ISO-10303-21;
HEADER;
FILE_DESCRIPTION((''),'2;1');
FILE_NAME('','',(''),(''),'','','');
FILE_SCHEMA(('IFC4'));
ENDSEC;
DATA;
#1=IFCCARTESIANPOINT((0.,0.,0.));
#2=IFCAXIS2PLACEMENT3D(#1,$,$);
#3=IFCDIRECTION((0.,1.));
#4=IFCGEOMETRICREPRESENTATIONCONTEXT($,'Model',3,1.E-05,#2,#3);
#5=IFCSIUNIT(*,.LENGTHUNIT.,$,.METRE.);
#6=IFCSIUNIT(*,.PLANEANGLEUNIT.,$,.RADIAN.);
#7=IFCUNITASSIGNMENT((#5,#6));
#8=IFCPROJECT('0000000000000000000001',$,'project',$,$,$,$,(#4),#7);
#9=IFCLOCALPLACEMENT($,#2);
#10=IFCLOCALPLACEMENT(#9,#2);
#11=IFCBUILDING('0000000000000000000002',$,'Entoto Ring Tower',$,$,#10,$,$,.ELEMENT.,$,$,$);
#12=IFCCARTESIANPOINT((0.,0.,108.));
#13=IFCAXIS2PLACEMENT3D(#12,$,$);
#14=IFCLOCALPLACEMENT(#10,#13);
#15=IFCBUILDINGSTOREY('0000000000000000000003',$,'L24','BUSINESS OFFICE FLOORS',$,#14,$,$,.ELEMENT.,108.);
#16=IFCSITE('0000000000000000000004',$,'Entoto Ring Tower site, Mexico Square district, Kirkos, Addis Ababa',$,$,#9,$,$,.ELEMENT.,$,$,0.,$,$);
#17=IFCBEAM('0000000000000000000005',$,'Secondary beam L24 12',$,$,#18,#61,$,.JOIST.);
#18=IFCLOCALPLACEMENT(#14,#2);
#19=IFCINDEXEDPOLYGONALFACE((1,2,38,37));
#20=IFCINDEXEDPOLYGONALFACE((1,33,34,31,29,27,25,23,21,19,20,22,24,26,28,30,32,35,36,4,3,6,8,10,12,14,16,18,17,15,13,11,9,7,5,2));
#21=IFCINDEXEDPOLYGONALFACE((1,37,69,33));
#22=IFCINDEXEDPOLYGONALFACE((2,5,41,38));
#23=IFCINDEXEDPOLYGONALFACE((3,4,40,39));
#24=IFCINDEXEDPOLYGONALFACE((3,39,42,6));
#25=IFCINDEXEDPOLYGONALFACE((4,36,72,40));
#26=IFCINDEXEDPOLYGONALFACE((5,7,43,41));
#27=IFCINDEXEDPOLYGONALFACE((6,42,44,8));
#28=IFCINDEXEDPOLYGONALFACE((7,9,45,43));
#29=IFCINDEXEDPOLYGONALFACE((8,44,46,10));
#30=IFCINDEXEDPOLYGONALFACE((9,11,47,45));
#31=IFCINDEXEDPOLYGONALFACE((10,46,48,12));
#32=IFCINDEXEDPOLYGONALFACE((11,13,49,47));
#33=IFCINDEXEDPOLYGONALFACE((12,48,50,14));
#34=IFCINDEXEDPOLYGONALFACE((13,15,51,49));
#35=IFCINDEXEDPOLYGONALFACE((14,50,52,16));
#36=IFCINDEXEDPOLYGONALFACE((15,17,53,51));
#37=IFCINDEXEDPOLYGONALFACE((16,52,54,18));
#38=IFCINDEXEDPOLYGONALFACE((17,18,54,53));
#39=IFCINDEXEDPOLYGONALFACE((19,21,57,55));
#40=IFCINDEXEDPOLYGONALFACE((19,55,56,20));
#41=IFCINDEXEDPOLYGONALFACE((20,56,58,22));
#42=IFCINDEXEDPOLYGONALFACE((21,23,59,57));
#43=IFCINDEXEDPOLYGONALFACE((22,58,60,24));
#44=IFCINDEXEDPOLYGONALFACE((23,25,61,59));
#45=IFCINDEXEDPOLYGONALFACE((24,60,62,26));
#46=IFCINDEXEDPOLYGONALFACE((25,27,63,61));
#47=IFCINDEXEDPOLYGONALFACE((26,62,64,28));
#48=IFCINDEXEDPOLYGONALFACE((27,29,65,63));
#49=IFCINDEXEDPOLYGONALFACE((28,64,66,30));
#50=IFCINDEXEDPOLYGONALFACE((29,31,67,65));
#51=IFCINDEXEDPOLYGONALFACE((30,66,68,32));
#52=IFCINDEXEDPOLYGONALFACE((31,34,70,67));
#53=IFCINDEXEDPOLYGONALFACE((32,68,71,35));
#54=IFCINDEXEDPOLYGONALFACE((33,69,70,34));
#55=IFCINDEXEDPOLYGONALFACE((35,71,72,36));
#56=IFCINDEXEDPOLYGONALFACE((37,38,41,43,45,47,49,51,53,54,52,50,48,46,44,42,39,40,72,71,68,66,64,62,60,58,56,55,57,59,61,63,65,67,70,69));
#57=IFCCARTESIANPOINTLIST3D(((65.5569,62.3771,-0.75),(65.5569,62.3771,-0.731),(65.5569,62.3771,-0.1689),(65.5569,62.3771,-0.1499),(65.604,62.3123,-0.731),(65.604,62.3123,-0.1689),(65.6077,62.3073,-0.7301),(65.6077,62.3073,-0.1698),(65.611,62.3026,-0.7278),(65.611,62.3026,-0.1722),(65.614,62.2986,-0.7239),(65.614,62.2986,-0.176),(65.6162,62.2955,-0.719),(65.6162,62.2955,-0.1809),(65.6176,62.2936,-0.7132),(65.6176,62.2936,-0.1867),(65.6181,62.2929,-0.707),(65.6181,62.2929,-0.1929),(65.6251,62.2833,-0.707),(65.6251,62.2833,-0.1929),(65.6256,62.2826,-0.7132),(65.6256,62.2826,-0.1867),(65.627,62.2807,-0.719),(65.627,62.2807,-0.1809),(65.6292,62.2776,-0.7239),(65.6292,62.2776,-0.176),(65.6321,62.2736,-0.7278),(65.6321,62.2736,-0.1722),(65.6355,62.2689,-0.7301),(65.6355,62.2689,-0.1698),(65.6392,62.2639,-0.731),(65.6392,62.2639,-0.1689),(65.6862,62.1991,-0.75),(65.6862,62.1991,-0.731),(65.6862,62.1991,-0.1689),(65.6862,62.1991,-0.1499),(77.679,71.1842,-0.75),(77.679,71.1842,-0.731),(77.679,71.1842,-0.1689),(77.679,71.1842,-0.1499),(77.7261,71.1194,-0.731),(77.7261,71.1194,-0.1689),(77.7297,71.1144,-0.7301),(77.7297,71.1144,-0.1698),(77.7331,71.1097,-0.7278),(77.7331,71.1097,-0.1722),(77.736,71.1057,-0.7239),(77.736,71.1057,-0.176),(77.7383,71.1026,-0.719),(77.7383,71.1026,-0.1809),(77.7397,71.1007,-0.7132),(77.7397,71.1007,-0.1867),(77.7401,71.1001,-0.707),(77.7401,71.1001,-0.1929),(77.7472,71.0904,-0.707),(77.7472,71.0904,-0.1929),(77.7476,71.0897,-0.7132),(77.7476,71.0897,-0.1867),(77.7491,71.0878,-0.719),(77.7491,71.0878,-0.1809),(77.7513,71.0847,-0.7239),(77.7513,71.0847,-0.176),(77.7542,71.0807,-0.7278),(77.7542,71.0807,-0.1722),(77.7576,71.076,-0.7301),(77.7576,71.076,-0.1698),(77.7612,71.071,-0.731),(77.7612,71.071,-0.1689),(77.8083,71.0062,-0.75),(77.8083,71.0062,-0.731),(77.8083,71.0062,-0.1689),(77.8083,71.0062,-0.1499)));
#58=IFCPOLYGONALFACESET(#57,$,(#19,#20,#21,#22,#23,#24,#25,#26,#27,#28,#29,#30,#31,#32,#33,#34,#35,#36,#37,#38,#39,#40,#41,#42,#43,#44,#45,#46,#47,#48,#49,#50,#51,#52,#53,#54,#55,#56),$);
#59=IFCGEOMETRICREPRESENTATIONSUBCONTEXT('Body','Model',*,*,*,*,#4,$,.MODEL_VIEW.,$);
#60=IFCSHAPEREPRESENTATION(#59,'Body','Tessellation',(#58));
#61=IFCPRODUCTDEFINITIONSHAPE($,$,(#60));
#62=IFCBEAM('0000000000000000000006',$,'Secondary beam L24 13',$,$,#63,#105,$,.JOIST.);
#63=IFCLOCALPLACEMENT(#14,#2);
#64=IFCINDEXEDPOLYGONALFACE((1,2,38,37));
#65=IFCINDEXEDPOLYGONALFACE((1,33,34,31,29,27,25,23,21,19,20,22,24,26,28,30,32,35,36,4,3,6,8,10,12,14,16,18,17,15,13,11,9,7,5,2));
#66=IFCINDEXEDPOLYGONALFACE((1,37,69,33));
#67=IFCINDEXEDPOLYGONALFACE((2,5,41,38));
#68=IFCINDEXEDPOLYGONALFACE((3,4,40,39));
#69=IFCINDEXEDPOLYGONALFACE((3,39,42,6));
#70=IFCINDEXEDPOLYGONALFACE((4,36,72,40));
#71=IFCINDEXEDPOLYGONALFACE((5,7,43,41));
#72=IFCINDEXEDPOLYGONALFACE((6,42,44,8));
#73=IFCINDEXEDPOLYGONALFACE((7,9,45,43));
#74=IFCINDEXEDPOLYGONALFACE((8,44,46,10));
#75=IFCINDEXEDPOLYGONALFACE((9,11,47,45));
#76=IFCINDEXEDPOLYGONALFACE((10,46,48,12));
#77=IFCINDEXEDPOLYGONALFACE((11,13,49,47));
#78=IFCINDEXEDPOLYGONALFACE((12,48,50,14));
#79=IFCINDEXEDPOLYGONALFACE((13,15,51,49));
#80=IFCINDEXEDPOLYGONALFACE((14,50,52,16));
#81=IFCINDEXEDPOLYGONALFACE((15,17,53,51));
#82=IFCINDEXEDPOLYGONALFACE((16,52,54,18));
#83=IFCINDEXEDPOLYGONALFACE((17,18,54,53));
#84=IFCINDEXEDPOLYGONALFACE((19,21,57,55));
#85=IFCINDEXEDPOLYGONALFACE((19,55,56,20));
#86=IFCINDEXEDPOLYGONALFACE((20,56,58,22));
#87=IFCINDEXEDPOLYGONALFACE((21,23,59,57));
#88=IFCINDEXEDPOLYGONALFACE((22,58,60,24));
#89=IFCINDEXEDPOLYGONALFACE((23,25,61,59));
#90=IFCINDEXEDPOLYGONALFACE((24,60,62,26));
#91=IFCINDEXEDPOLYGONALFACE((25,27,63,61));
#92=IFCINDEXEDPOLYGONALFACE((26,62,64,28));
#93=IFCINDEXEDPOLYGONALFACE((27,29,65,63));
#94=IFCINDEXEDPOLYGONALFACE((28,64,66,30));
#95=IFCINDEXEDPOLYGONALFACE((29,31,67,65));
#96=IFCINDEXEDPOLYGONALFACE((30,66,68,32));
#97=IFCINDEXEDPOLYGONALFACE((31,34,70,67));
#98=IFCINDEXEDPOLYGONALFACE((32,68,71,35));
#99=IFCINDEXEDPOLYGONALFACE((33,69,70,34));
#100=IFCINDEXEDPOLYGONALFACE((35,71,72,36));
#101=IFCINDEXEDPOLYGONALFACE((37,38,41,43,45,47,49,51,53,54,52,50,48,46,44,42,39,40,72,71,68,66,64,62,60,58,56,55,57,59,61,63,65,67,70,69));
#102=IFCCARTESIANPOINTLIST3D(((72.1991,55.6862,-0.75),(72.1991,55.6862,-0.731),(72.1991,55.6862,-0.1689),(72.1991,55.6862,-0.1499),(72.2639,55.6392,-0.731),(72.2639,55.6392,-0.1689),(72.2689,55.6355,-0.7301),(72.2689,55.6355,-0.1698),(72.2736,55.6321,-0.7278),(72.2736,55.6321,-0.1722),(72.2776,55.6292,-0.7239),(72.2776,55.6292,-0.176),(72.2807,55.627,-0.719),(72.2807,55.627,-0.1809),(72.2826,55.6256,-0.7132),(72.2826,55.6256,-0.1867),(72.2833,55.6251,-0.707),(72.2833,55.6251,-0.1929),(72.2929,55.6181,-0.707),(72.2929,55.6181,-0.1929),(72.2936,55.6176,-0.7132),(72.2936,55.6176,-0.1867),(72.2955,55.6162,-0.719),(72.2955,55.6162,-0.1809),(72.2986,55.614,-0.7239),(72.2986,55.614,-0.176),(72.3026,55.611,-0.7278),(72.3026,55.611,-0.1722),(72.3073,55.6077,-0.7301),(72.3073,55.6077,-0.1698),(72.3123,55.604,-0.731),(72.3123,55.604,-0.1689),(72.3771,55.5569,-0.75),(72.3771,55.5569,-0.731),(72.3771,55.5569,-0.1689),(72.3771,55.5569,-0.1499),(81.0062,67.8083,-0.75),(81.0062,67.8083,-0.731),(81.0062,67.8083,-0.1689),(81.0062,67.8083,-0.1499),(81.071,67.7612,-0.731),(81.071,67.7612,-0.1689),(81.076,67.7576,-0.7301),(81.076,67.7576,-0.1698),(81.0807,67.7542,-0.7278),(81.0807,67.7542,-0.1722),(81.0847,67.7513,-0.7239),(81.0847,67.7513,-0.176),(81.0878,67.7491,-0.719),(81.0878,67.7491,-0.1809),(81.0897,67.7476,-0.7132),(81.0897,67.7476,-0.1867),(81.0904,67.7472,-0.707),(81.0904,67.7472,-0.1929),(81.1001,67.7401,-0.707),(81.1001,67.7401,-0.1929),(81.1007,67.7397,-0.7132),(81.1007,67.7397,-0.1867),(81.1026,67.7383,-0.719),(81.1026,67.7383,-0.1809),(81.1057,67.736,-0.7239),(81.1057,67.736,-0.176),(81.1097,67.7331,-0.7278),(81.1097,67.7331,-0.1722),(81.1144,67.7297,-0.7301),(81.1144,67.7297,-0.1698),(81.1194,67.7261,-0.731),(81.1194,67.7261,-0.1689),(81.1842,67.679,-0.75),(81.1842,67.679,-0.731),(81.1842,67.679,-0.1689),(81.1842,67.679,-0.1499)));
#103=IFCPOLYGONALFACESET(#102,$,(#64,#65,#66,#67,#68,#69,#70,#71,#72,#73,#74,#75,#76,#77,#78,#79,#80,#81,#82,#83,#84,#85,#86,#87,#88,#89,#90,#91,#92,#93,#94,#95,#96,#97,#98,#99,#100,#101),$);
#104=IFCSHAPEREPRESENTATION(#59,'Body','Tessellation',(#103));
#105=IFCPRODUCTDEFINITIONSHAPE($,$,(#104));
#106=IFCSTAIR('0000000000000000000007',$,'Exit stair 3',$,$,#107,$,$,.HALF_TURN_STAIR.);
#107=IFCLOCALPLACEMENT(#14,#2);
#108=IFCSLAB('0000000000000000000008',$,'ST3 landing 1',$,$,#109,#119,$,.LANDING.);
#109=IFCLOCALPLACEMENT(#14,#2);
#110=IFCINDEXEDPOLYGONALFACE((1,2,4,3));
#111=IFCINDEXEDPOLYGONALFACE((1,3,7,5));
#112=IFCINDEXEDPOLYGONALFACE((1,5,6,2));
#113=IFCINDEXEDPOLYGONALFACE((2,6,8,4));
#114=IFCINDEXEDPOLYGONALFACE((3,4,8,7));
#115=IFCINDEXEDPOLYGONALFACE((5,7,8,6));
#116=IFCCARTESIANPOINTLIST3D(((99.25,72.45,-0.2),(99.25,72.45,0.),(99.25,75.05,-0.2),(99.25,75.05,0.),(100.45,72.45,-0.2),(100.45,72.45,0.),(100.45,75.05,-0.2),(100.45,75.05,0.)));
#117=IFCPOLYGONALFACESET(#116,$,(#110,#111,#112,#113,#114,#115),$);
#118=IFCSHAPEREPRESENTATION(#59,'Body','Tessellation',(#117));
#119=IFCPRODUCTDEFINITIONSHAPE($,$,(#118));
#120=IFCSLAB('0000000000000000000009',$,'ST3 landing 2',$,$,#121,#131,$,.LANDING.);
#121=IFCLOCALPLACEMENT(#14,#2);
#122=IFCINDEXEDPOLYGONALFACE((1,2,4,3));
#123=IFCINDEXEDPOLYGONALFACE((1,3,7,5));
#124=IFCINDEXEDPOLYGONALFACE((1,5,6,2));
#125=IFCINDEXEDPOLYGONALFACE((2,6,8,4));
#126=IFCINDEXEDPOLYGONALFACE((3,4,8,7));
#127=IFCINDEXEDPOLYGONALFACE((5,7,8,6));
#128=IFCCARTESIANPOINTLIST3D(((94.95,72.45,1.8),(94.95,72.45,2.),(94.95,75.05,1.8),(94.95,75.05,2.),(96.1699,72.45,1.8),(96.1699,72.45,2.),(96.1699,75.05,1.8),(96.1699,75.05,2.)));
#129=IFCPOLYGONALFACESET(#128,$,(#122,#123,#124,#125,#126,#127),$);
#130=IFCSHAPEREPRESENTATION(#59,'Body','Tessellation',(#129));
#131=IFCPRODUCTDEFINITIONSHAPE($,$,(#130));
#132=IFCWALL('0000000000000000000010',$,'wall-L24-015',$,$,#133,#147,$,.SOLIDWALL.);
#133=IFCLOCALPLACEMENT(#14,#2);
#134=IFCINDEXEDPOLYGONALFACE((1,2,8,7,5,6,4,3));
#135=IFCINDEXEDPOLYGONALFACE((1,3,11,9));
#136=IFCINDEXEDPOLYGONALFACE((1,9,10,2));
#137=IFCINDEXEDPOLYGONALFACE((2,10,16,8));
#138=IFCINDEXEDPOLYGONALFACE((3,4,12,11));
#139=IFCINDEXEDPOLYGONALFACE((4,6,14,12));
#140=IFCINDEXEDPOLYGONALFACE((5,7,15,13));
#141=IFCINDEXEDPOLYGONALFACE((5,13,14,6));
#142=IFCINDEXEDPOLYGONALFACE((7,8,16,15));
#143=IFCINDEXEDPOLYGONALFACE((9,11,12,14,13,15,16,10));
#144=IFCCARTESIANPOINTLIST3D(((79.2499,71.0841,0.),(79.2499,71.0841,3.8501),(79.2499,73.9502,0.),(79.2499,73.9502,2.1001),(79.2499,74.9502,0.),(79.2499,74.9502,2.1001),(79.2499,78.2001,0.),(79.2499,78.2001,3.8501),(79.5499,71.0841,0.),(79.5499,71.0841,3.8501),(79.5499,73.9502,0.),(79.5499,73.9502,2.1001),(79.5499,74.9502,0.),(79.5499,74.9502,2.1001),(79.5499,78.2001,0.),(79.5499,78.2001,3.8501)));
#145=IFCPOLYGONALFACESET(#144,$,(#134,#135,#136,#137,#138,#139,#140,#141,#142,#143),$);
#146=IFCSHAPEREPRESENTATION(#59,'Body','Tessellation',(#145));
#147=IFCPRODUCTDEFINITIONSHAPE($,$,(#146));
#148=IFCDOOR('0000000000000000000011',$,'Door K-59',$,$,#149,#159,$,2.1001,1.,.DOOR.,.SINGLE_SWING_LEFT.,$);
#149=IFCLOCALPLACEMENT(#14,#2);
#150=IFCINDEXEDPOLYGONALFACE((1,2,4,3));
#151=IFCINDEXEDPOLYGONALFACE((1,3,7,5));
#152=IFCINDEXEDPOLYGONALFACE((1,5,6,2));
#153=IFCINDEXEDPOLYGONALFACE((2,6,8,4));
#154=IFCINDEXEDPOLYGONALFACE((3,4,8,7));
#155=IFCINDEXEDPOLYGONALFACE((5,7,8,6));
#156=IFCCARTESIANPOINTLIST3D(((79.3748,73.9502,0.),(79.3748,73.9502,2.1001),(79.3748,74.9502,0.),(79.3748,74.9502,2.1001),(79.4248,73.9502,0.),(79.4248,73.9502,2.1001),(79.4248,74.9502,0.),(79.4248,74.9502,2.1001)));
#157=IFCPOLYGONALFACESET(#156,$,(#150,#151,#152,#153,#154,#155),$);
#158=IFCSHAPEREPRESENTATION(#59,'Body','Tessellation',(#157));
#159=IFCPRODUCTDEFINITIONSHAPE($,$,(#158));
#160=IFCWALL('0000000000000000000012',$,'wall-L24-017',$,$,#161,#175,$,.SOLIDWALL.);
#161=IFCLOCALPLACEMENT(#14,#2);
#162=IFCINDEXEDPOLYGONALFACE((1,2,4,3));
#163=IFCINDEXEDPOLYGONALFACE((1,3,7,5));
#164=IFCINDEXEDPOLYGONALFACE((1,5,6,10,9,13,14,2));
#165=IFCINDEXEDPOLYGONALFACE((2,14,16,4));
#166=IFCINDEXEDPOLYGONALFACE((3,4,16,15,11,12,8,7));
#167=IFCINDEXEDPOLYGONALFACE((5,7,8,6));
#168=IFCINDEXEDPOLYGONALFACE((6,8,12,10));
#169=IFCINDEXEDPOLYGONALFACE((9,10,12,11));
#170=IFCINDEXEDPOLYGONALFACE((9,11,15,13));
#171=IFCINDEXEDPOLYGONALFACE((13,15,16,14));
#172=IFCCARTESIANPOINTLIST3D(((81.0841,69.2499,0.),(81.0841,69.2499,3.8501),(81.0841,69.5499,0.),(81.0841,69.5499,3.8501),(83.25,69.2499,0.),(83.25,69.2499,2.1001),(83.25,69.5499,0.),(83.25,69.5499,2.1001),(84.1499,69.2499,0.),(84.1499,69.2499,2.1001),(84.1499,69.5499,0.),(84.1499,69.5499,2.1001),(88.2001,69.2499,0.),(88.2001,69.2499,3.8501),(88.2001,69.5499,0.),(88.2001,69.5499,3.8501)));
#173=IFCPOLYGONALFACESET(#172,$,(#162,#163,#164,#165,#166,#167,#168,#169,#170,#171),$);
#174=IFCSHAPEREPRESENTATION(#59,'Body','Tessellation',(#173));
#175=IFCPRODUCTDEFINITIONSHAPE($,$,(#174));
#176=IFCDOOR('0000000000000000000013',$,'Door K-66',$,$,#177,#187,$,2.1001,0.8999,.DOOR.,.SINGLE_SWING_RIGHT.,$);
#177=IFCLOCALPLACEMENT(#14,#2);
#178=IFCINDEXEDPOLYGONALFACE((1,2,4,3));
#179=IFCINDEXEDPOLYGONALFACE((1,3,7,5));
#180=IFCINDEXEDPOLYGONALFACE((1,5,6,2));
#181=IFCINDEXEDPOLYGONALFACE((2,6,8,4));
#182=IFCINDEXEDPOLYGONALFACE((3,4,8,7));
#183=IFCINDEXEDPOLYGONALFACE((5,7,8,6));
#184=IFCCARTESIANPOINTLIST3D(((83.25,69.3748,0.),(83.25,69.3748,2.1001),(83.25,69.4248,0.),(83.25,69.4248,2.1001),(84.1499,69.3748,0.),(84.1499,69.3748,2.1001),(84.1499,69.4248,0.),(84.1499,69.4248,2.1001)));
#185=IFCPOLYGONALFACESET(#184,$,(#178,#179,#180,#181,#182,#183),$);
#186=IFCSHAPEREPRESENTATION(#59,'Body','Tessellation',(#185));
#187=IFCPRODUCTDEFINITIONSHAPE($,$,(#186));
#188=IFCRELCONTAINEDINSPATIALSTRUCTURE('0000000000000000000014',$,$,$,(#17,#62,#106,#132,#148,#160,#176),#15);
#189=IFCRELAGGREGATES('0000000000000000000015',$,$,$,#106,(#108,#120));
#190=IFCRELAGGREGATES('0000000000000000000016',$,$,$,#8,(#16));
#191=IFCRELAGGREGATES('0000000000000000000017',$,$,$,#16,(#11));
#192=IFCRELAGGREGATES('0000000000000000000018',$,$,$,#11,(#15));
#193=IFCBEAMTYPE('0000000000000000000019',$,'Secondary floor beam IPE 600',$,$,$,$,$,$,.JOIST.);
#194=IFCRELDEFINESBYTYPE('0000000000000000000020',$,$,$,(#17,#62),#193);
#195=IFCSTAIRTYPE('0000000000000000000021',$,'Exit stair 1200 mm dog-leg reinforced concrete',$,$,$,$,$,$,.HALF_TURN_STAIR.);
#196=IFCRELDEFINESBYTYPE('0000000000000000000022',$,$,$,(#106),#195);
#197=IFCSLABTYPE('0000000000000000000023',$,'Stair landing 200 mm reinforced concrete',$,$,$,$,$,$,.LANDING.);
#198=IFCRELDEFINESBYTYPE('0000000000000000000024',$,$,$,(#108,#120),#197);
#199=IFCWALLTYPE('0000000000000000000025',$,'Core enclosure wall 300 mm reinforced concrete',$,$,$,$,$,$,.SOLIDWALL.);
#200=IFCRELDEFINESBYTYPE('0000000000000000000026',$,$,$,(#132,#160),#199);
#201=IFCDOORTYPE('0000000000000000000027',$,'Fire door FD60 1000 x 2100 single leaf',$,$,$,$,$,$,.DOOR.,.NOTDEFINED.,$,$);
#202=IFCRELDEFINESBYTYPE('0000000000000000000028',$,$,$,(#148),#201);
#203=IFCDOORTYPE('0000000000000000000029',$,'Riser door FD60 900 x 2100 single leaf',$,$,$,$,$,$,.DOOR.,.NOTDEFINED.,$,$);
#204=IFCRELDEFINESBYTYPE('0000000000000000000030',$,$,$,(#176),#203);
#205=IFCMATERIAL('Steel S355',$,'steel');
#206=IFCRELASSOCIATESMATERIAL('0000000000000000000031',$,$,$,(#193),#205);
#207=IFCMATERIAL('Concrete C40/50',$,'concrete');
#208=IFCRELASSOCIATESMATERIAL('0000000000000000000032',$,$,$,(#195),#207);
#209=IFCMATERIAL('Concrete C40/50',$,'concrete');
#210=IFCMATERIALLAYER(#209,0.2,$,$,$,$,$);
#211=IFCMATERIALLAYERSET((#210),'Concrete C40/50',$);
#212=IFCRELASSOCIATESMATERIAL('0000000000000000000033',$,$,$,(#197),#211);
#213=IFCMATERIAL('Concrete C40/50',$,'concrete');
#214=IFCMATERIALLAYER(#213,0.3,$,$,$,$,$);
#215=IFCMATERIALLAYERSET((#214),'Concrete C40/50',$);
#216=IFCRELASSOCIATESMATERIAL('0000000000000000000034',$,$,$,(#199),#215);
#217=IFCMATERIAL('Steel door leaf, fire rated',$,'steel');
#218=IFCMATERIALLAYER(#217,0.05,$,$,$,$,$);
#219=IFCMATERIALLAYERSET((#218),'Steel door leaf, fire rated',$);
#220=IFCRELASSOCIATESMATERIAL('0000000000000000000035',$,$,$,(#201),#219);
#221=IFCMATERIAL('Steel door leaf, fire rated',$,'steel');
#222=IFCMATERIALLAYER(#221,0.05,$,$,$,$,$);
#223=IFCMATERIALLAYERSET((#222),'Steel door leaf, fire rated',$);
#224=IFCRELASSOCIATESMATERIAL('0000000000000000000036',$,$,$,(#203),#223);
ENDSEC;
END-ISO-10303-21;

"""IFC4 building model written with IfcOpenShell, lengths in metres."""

from ifc_helpers import new_model, si_unit, direction, frame, frame_2d, origin, origin_2d, place, context, subcontext, project, spatial, polyline, rectangle, i_section, outline, extrude, material, layer, layer_set, material_profile, profile_set, type_object, element, fill, aggregate, save


model = new_model("IFC4")

# Units and contexts
model_context = context("Model", 3, precision=1e-05, world=origin(), true_north=direction((0.0, 1.0)))
body_context = subcontext(model_context, "Body", "Model", "MODEL_VIEW")
ifc_project = project(units=[si_unit("LENGTHUNIT", "METRE"), si_unit("PLANEANGLEUNIT", "RADIAN")], contexts=[model_context])

# Site, building, storey
site_placement = place(None, origin())
site = spatial("IfcSite", under=ifc_project, at=site_placement, Name="Entoto Ring Tower site, Mexico Square district, Kirkos, Addis Ababa", CompositionType="ELEMENT", RefElevation=0.0)
building_placement = place(site_placement, origin())
building = spatial("IfcBuilding", under=site, at=building_placement, Name="Entoto Ring Tower", CompositionType="ELEMENT")
storey_placement = place(building_placement, frame((0.0, 0.0, 108.0)))
storey = spatial("IfcBuildingStorey", under=building, at=storey_placement, Name="L24", Description="BUSINESS OFFICE FLOORS", CompositionType="ELEMENT", Elevation=108.0)

# Beams
ifc_material_1 = material(Name="Steel S355", Category="steel")
ifc_material_profile_1 = material_profile(ifc_material_1, i_section(OverallWidth=0.22, OverallDepth=0.6001, WebThickness=0.012, FlangeThickness=0.019, FilletRadius=0.0239, at=origin_2d()), Name="IPE 600")
ifc_profile_set_1 = profile_set([ifc_material_profile_1], Name="Steel S355")
beam_type_1 = type_object("IfcBeamType", Name="Secondary floor beam IPE 600", PredefinedType="JOIST", material=ifc_profile_set_1)
for number, where, z_axis, x_axis, name in (
    (1, (77.7437, 71.0952, -0.45), (-0.809019, -0.587782, 0.0), (0.587782, -0.809019, 0.0), "Secondary beam L24 12"),
    (2, (81.0952, 67.7437, -0.45), (-0.587782, -0.809019, 0.0), (0.809019, -0.587782, 0.0), "Secondary beam L24 13"),
):
    element("IfcBeam", number, at=place(storey_placement, frame(where, z_axis=z_axis, x_axis=x_axis)), inside=storey, type_object=beam_type_1, Name=name, PredefinedType="JOIST", context=body_context, shape_type="SweptSolid", body=[
        extrude(i_section(OverallWidth=0.22, OverallDepth=0.6001, WebThickness=0.012, FlangeThickness=0.019, FilletRadius=0.0239, at=origin_2d()), origin(), (0.0, 0.0, 1.0), 14.9836),
    ])

# Stair, slabs
ifc_material_2 = material(Name="Concrete C40/50", Category="concrete")
stair_type = type_object("IfcStairType", Name="Exit stair 1200 mm dog-leg reinforced concrete", PredefinedType="HALF_TURN_STAIR", material=ifc_material_2)
stair_placement = place(storey_placement, origin())
stair = element("IfcStair", 3, at=stair_placement, inside=storey, type_object=stair_type, Name="Exit stair 3", PredefinedType="HALF_TURN_STAIR")
ifc_material_3 = material(Name="Concrete C40/50", Category="concrete")
ifc_layer_1 = layer(ifc_material_3, 0.2)
ifc_layer_set_1 = layer_set([ifc_layer_1], Name="Concrete C40/50")
slab_type_1 = type_object("IfcSlabType", Name="Stair landing 200 mm reinforced concrete", PredefinedType="LANDING", material=ifc_layer_set_1)
slab_1_placement = place(storey_placement, frame((0.0, 0.0, -0.2)))
slab_1 = element("IfcSlab", 4, at=slab_1_placement, type_object=slab_type_1, Name="ST3 landing 1", PredefinedType="LANDING", context=body_context, shape_type="SweptSolid", body=[
    extrude(outline(polyline([(100.45, 72.45), (100.45, 75.05), (99.25, 75.05), (99.25, 72.45), (100.45, 72.45)])), origin(), (0.0, 0.0, 1.0), 0.2),
])
slab_2_placement = place(storey_placement, frame((0.0, 0.0, 1.8)))
slab_2 = element("IfcSlab", 5, at=slab_2_placement, type_object=slab_type_1, Name="ST3 landing 2", PredefinedType="LANDING", context=body_context, shape_type="SweptSolid", body=[
    extrude(outline(polyline([(94.95, 72.45), (96.1699, 72.45), (96.1699, 75.05), (94.95, 75.05), (94.95, 72.45)])), origin(), (0.0, 0.0, 1.0), 0.2),
])
aggregate(stair, [slab_1, slab_2])

# Walls, openings, doors
ifc_material_4 = material(Name="Concrete C40/50", Category="concrete")
ifc_layer_2 = layer(ifc_material_4, 0.3)
ifc_layer_set_2 = layer_set([ifc_layer_2], Name="Concrete C40/50")
wall_type_1 = type_object("IfcWallType", Name="Core enclosure wall 300 mm reinforced concrete", PredefinedType="SOLIDWALL", material=ifc_layer_set_2)
wall_1_placement = place(storey_placement, frame((79.3999, 71.084, 0.0), z_axis=(0.0, 0.0, 1.0), x_axis=(0.0, 1.0, 0.0)))
wall_1 = element("IfcWall", 6, at=wall_1_placement, inside=storey, type_object=wall_type_1, Name="wall-L24-015", PredefinedType="SOLIDWALL", context=body_context, shape_type="SweptSolid", body=[
    extrude(rectangle(XDim=7.116, YDim=0.3, at=frame_2d((3.5581, 0.0))), origin(), (0.0, 0.0, 1.0), 3.8501),
])
opening_1_placement = place(wall_1_placement, frame((2.8662, 0.0, 0.0)))
opening_1 = element("IfcOpeningElement", 7, at=opening_1_placement, cuts=wall_1, PredefinedType="OPENING", context=body_context, shape_type="SweptSolid", body=[
    extrude(rectangle(XDim=1.0, YDim=2.1001, at=frame_2d((0.5, 1.05))), frame((0.0, 0.1602, 0.0), z_axis=(0.0, -1.0, 0.0), x_axis=(1.0, 0.0, 0.0)), (0.0, 0.0, 1.0), 0.3201),
])
ifc_material_5 = material(Name="Steel door leaf, fire rated", Category="steel")
ifc_layer_3 = layer(ifc_material_5, 0.05)
ifc_layer_set_3 = layer_set([ifc_layer_3], Name="Steel door leaf, fire rated")
door_type_1 = type_object("IfcDoorType", Name="Fire door FD60 1000 x 2100 single leaf", OperationType="NOTDEFINED", PredefinedType="DOOR", material=ifc_layer_set_3)
door_1_placement = place(opening_1_placement, frame((1.0, 0.0, 0.0), z_axis=(0.0, 0.0, 1.0), x_axis=(-1.0, 0.0, 0.0)))
door_1 = element("IfcDoor", 8, at=door_1_placement, inside=storey, type_object=door_type_1, Name="Door K-59", OperationType="SINGLE_SWING_LEFT", OverallHeight=2.1001, OverallWidth=1.0, PredefinedType="DOOR", context=body_context, shape_type="SweptSolid", body=[
    extrude(rectangle(XDim=1.0, YDim=2.1001, at=frame_2d((0.5, 1.05))), frame((0.0, 0.0249, 0.0), z_axis=(0.0, -1.0, 0.0), x_axis=(1.0, 0.0, 0.0)), (0.0, 0.0, 1.0), 0.05),
])
fill(opening_1, door_1)
wall_2_placement = place(storey_placement, frame((81.084, 69.3999, 0.0), z_axis=(0.0, 0.0, 1.0), x_axis=(1.0, 0.0, 0.0)))
wall_2 = element("IfcWall", 9, at=wall_2_placement, inside=storey, type_object=wall_type_1, Name="wall-L24-017", PredefinedType="SOLIDWALL", context=body_context, shape_type="SweptSolid", body=[
    extrude(rectangle(XDim=7.116, YDim=0.3, at=frame_2d((3.5581, 0.0))), origin(), (0.0, 0.0, 1.0), 3.8501),
])
opening_2_placement = place(wall_2_placement, frame((2.166, 0.0, 0.0)))
opening_2 = element("IfcOpeningElement", 10, at=opening_2_placement, cuts=wall_2, PredefinedType="OPENING", context=body_context, shape_type="SweptSolid", body=[
    extrude(rectangle(XDim=0.8999, YDim=2.1001, at=frame_2d((0.45, 1.05))), frame((0.0, 0.1602, 0.0), z_axis=(0.0, -1.0, 0.0), x_axis=(1.0, 0.0, 0.0)), (0.0, 0.0, 1.0), 0.3201),
])
ifc_material_6 = material(Name="Steel door leaf, fire rated", Category="steel")
ifc_layer_4 = layer(ifc_material_6, 0.05)
ifc_layer_set_4 = layer_set([ifc_layer_4], Name="Steel door leaf, fire rated")
door_type_2 = type_object("IfcDoorType", Name="Riser door FD60 900 x 2100 single leaf", OperationType="NOTDEFINED", PredefinedType="DOOR", material=ifc_layer_set_4)
door_2_placement = place(opening_2_placement, origin())
door_2 = element("IfcDoor", 11, at=door_2_placement, inside=storey, type_object=door_type_2, Name="Door K-66", OperationType="SINGLE_SWING_RIGHT", OverallHeight=2.1001, OverallWidth=0.8999, PredefinedType="DOOR", context=body_context, shape_type="SweptSolid", body=[
    extrude(rectangle(XDim=0.8999, YDim=2.1001, at=frame_2d((0.45, 1.05))), frame((0.0, 0.0249, 0.0), z_axis=(0.0, -1.0, 0.0), x_axis=(1.0, 0.0, 0.0)), (0.0, 0.0, 1.0), 0.05),
])
fill(opening_2, door_2)

save(model, "model.ifc")
